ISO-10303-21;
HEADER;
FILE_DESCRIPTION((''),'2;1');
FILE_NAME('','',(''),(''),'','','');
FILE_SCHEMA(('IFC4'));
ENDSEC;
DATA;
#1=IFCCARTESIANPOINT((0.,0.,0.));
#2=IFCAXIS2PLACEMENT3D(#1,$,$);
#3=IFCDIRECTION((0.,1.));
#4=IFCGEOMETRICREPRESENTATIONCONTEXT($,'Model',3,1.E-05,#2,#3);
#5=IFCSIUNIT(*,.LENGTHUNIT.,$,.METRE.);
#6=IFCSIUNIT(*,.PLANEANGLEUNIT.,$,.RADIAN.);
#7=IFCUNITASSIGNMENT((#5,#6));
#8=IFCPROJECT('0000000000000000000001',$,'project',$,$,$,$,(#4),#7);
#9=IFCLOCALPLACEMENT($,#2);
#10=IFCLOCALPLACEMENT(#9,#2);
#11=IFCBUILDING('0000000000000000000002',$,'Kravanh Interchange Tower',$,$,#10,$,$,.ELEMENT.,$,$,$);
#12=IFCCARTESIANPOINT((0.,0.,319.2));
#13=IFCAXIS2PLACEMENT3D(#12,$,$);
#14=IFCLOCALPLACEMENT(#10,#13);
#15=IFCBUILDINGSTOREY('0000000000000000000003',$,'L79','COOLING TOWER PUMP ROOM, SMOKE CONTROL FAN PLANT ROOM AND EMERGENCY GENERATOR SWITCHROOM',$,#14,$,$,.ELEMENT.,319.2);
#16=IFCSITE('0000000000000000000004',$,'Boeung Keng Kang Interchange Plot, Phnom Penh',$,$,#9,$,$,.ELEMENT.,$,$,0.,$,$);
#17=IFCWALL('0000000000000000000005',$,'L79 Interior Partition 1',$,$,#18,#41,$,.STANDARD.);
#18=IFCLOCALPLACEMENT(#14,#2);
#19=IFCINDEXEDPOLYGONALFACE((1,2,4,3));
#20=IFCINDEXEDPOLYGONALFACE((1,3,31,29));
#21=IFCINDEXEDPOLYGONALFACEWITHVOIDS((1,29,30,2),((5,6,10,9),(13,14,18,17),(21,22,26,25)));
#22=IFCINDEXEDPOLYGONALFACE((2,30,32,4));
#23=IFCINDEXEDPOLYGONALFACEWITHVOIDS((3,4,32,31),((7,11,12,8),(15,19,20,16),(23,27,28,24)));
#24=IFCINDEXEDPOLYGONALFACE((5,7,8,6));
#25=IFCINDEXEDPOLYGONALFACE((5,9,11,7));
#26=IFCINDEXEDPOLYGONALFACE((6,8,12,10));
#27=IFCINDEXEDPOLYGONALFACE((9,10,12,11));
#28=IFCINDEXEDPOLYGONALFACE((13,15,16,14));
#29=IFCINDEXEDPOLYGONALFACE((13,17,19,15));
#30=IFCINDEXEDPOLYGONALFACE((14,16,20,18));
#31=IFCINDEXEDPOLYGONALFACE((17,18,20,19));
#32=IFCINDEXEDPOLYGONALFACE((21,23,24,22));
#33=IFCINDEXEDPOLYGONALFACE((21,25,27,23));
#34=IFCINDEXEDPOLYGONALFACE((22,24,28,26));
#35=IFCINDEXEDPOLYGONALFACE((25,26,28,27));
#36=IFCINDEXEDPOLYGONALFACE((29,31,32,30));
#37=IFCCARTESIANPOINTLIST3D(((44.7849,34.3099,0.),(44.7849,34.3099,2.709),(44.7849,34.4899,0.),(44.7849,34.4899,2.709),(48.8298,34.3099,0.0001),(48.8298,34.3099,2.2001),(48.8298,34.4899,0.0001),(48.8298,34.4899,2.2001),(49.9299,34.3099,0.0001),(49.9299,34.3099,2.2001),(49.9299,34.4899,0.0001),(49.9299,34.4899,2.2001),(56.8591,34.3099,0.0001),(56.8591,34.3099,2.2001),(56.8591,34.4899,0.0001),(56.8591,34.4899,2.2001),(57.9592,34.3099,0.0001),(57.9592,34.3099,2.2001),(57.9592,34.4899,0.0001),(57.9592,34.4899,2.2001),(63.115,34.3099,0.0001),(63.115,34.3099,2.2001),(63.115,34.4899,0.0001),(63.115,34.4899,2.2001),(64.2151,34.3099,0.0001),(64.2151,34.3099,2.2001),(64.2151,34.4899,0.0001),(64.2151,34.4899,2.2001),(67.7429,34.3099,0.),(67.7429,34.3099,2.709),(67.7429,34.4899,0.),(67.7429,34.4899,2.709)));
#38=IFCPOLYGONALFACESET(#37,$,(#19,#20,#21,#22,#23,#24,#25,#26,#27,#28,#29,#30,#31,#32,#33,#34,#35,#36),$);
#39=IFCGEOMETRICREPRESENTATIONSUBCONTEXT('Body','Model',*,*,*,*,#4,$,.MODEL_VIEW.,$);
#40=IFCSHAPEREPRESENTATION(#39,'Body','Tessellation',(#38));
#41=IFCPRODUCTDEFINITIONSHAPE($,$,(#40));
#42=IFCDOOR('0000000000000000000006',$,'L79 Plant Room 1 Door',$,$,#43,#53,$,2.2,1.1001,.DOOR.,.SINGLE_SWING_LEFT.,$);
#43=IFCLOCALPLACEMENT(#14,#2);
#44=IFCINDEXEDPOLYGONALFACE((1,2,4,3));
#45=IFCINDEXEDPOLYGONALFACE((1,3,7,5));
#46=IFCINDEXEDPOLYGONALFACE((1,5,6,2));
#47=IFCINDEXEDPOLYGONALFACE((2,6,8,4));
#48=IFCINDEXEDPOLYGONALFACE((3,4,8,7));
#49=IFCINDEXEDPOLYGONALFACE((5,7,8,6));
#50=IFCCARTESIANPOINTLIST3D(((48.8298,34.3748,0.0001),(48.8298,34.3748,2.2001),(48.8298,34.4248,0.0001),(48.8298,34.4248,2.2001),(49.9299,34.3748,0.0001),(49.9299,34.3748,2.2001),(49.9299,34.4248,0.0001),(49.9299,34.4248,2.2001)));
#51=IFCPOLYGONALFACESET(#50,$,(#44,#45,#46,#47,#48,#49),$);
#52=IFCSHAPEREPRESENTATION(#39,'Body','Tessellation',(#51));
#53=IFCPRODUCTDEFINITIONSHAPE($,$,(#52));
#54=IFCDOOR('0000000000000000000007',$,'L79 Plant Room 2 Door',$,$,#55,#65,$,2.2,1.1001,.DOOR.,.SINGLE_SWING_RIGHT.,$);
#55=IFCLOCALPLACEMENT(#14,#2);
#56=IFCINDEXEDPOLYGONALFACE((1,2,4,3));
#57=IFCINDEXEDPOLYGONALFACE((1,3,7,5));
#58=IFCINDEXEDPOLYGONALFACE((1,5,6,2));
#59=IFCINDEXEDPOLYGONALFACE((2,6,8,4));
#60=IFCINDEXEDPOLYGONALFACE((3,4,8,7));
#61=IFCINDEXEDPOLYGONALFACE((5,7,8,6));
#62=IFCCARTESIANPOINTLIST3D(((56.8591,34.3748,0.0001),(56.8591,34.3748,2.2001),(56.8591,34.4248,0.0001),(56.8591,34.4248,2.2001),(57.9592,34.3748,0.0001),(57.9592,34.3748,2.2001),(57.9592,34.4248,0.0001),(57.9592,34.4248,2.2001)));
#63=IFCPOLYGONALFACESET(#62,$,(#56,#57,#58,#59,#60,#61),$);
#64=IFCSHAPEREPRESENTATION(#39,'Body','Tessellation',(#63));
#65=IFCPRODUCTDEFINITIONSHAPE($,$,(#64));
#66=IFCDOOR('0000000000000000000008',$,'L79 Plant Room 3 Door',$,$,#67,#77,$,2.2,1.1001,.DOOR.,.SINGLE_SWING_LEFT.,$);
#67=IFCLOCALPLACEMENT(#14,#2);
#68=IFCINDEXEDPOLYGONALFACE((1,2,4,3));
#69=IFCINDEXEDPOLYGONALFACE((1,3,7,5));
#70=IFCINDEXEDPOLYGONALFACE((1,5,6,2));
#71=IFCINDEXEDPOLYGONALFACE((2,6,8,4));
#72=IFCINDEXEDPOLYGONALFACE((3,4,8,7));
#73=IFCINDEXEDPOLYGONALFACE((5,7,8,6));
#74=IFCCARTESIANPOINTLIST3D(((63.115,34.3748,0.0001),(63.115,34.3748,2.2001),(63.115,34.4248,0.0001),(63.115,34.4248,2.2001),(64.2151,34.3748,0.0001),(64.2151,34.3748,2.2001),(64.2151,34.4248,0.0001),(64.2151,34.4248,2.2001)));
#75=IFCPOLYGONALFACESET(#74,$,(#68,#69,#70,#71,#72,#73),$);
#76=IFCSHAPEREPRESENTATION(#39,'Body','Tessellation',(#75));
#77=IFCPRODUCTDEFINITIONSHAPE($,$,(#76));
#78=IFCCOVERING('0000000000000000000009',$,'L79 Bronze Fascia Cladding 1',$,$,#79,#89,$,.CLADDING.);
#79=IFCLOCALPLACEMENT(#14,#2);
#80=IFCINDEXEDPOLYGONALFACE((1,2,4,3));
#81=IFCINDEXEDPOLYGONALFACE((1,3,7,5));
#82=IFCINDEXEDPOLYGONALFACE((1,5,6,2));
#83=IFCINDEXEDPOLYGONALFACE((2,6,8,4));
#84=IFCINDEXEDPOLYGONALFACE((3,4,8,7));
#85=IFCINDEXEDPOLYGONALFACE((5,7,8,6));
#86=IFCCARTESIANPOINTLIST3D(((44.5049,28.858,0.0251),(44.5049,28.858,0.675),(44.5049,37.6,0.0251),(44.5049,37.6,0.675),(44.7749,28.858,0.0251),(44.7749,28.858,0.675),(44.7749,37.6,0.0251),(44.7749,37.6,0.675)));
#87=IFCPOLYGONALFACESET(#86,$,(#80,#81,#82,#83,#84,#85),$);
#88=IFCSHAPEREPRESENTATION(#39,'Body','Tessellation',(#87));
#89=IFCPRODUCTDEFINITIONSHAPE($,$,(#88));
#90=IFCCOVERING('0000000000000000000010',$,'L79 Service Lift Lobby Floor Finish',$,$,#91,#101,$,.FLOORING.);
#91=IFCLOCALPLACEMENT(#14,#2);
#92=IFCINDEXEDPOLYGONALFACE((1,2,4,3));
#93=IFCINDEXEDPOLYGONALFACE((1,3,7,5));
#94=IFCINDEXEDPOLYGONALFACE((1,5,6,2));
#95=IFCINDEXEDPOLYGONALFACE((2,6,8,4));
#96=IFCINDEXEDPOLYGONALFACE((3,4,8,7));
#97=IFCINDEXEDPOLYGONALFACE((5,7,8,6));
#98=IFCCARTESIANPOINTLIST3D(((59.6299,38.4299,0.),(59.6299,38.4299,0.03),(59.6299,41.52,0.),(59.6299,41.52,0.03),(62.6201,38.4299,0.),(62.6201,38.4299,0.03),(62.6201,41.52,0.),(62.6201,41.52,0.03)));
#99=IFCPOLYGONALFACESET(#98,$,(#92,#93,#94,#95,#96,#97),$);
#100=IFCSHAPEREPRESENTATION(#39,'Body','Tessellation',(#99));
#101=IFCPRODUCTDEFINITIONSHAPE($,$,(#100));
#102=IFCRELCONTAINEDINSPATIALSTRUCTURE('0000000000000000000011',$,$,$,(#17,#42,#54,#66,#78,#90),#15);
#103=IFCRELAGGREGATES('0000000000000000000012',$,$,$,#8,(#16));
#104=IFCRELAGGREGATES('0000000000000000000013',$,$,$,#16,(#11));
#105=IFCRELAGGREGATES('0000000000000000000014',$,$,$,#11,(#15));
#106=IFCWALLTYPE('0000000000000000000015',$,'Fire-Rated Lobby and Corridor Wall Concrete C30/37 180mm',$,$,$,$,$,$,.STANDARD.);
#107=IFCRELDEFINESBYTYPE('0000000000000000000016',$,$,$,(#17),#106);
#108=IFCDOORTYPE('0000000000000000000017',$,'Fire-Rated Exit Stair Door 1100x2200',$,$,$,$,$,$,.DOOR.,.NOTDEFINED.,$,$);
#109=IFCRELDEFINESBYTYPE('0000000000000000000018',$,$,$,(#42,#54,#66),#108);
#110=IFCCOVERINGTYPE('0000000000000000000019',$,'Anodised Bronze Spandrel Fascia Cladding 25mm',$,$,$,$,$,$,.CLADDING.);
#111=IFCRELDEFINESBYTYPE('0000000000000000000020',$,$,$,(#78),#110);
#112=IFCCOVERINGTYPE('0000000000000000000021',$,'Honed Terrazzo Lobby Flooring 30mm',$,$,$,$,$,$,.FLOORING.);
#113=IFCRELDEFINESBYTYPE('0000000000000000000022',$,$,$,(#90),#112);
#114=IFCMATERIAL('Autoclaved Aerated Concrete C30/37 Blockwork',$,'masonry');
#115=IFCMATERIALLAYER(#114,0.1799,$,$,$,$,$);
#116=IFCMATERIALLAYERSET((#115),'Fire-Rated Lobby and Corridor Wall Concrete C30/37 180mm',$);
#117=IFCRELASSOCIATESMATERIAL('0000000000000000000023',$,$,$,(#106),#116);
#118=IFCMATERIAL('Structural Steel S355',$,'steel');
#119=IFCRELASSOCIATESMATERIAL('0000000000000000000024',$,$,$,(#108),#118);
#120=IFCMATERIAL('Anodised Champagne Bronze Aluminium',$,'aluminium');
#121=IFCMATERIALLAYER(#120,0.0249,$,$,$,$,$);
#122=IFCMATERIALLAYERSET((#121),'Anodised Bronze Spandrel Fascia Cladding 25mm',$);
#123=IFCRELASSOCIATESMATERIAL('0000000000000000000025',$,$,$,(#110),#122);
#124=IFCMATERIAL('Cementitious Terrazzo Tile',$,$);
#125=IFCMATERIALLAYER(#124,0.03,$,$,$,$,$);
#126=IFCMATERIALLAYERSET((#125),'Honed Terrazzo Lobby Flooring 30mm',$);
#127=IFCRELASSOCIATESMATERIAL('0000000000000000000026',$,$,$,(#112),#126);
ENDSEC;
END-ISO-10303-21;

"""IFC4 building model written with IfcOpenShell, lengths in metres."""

from ifc_helpers import new_model, si_unit, direction, frame, frame_2d, origin, origin_2d, place, context, subcontext, project, spatial, polyline, rectangle, outline, extrude, material, layer, layer_set, type_object, element, fill, save


model = new_model("IFC4")

# Units and contexts
model_context = context("Model", 3, precision=1e-05, world=origin(), true_north=direction((0.0, 1.0)))
body_context = subcontext(model_context, "Body", "Model", "MODEL_VIEW")
ifc_project = project(units=[si_unit("LENGTHUNIT", "METRE"), si_unit("PLANEANGLEUNIT", "RADIAN")], contexts=[model_context])

# Site, building, storey
site_placement = place(None, origin())
site = spatial("IfcSite", under=ifc_project, at=site_placement, Name="Boeung Keng Kang Interchange Plot, Phnom Penh", CompositionType="ELEMENT", RefElevation=0.0)
building_placement = place(site_placement, origin())
building = spatial("IfcBuilding", under=site, at=building_placement, Name="Kravanh Interchange Tower", CompositionType="ELEMENT")
storey_placement = place(building_placement, frame((0.0, 0.0, 319.2)))
storey = spatial("IfcBuildingStorey", under=building, at=storey_placement, Name="L79", Description="COOLING TOWER PUMP ROOM, SMOKE CONTROL FAN PLANT ROOM AND EMERGENCY GENERATOR SWITCHROOM", CompositionType="ELEMENT", Elevation=319.2)

# Wall, openings, doors
ifc_material_1 = material(Name="Autoclaved Aerated Concrete C30/37 Blockwork", Category="masonry")
ifc_layer_1 = layer(ifc_material_1, 0.1799)
ifc_layer_set_1 = layer_set([ifc_layer_1], Name="Fire-Rated Lobby and Corridor Wall Concrete C30/37 180mm")
wall_type_1 = type_object("IfcWallType", Name="Fire-Rated Lobby and Corridor Wall Concrete C30/37 180mm", PredefinedType="STANDARD", material=ifc_layer_set_1)
wall_1_placement = place(storey_placement, frame((44.7849, 34.3999, 0.0), z_axis=(0.0, 0.0, 1.0), x_axis=(1.0, 0.0, 0.0)))
wall_1 = element("IfcWall", 1, at=wall_1_placement, inside=storey, type_object=wall_type_1, Name="L79 Interior Partition 1", PredefinedType="STANDARD", context=body_context, shape_type="SweptSolid", body=[
    extrude(rectangle(XDim=22.958, YDim=0.1799, at=frame_2d((11.479, 0.0))), origin(), (0.0, 0.0, 1.0), 2.709),
])
opening_1_placement = place(wall_1_placement, frame((4.0449, 0.0, 0.0)))
opening_1 = element("IfcOpeningElement", 2, at=opening_1_placement, cuts=wall_1, PredefinedType="OPENING", context=body_context, shape_type="SweptSolid", body=[
    extrude(rectangle(XDim=1.1001, YDim=2.2, at=frame_2d((0.55, 1.1001))), frame((0.0, 0.1001, 0.0), z_axis=(0.0, -1.0, 0.0), x_axis=(1.0, 0.0, 0.0)), (0.0, 0.0, 1.0), 0.2),
])
opening_2_placement = place(wall_1_placement, frame((12.0742, 0.0, 0.0)))
opening_2 = element("IfcOpeningElement", 3, at=opening_2_placement, cuts=wall_1, PredefinedType="OPENING", context=body_context, shape_type="SweptSolid", body=[
    extrude(rectangle(XDim=1.1001, YDim=2.2, at=frame_2d((0.55, 1.1001))), frame((0.0, 0.1001, 0.0), z_axis=(0.0, -1.0, 0.0), x_axis=(1.0, 0.0, 0.0)), (0.0, 0.0, 1.0), 0.2),
])
opening_3_placement = place(wall_1_placement, frame((18.3301, 0.0, 0.0)))
opening_3 = element("IfcOpeningElement", 4, at=opening_3_placement, cuts=wall_1, PredefinedType="OPENING", context=body_context, shape_type="SweptSolid", body=[
    extrude(rectangle(XDim=1.1001, YDim=2.2, at=frame_2d((0.55, 1.1001))), frame((0.0, 0.1001, 0.0), z_axis=(0.0, -1.0, 0.0), x_axis=(1.0, 0.0, 0.0)), (0.0, 0.0, 1.0), 0.2),
])
ifc_material_2 = material(Name="Structural Steel S355", Category="steel")
door_type = type_object("IfcDoorType", Name="Fire-Rated Exit Stair Door 1100x2200", OperationType="NOTDEFINED", PredefinedType="DOOR", material=ifc_material_2)
door_1_placement = place(opening_1_placement, origin())
door_1 = element("IfcDoor", 5, at=door_1_placement, inside=storey, type_object=door_type, Name="L79 Plant Room 1 Door", OperationType="SINGLE_SWING_LEFT", OverallHeight=2.2, OverallWidth=1.1001, PredefinedType="DOOR", context=body_context, shape_type="SweptSolid", body=[
    extrude(rectangle(XDim=1.1001, YDim=2.2, at=frame_2d((0.55, 1.1001))), frame((0.0, 0.0249, 0.0), z_axis=(0.0, -1.0, 0.0), x_axis=(1.0, 0.0, 0.0)), (0.0, 0.0, 1.0), 0.05),
])
fill(opening_1, door_1)
door_2_placement = place(opening_2_placement, origin())
door_2 = element("IfcDoor", 6, at=door_2_placement, inside=storey, type_object=door_type, Name="L79 Plant Room 2 Door", OperationType="SINGLE_SWING_RIGHT", OverallHeight=2.2, OverallWidth=1.1001, PredefinedType="DOOR", context=body_context, shape_type="SweptSolid", body=[
    extrude(rectangle(XDim=1.1001, YDim=2.2, at=frame_2d((0.55, 1.1001))), frame((0.0, 0.0249, 0.0), z_axis=(0.0, -1.0, 0.0), x_axis=(1.0, 0.0, 0.0)), (0.0, 0.0, 1.0), 0.05),
])
fill(opening_2, door_2)
door_3_placement = place(opening_3_placement, origin())
door_3 = element("IfcDoor", 7, at=door_3_placement, inside=storey, type_object=door_type, Name="L79 Plant Room 3 Door", OperationType="SINGLE_SWING_LEFT", OverallHeight=2.2, OverallWidth=1.1001, PredefinedType="DOOR", context=body_context, shape_type="SweptSolid", body=[
    extrude(rectangle(XDim=1.1001, YDim=2.2, at=frame_2d((0.55, 1.1001))), frame((0.0, 0.0249, 0.0), z_axis=(0.0, -1.0, 0.0), x_axis=(1.0, 0.0, 0.0)), (0.0, 0.0, 1.0), 0.05),
])
fill(opening_3, door_3)

# Coverings
ifc_material_3 = material(Name="Anodised Champagne Bronze Aluminium", Category="aluminium")
ifc_layer_2 = layer(ifc_material_3, 0.0249)
ifc_layer_set_2 = layer_set([ifc_layer_2], Name="Anodised Bronze Spandrel Fascia Cladding 25mm")
covering_type_1 = type_object("IfcCoveringType", Name="Anodised Bronze Spandrel Fascia Cladding 25mm", PredefinedType="CLADDING", material=ifc_layer_set_2)
covering_1_placement = place(storey_placement, frame((44.6399, 33.229, 0.0251), z_axis=(0.0, 0.0, 1.0), x_axis=(0.0, 1.0, 0.0)))
element("IfcCovering", 8, at=covering_1_placement, inside=storey, type_object=covering_type_1, Name="L79 Bronze Fascia Cladding 1", PredefinedType="CLADDING", context=body_context, shape_type="SweptSolid", body=[
    extrude(rectangle(XDim=8.7419, YDim=0.27, at=origin_2d()), origin(), (0.0, 0.0, 1.0), 0.6499),
])
ifc_material_4 = material(Name="Cementitious Terrazzo Tile")
ifc_layer_3 = layer(ifc_material_4, 0.03)
ifc_layer_set_3 = layer_set([ifc_layer_3], Name="Honed Terrazzo Lobby Flooring 30mm")
covering_type_2 = type_object("IfcCoveringType", Name="Honed Terrazzo Lobby Flooring 30mm", PredefinedType="FLOORING", material=ifc_layer_set_3)
covering_2_placement = place(storey_placement, origin())
element("IfcCovering", 9, at=covering_2_placement, inside=storey, type_object=covering_type_2, Name="L79 Service Lift Lobby Floor Finish", PredefinedType="FLOORING", context=body_context, shape_type="SweptSolid", body=[
    extrude(outline(polyline([(59.6299, 41.52), (62.6201, 41.52), (62.6201, 38.4299), (59.6299, 38.4299), (59.6299, 41.52)])), origin(), (0.0, 0.0, 1.0), 0.03),
])

save(model, "model.ifc")
